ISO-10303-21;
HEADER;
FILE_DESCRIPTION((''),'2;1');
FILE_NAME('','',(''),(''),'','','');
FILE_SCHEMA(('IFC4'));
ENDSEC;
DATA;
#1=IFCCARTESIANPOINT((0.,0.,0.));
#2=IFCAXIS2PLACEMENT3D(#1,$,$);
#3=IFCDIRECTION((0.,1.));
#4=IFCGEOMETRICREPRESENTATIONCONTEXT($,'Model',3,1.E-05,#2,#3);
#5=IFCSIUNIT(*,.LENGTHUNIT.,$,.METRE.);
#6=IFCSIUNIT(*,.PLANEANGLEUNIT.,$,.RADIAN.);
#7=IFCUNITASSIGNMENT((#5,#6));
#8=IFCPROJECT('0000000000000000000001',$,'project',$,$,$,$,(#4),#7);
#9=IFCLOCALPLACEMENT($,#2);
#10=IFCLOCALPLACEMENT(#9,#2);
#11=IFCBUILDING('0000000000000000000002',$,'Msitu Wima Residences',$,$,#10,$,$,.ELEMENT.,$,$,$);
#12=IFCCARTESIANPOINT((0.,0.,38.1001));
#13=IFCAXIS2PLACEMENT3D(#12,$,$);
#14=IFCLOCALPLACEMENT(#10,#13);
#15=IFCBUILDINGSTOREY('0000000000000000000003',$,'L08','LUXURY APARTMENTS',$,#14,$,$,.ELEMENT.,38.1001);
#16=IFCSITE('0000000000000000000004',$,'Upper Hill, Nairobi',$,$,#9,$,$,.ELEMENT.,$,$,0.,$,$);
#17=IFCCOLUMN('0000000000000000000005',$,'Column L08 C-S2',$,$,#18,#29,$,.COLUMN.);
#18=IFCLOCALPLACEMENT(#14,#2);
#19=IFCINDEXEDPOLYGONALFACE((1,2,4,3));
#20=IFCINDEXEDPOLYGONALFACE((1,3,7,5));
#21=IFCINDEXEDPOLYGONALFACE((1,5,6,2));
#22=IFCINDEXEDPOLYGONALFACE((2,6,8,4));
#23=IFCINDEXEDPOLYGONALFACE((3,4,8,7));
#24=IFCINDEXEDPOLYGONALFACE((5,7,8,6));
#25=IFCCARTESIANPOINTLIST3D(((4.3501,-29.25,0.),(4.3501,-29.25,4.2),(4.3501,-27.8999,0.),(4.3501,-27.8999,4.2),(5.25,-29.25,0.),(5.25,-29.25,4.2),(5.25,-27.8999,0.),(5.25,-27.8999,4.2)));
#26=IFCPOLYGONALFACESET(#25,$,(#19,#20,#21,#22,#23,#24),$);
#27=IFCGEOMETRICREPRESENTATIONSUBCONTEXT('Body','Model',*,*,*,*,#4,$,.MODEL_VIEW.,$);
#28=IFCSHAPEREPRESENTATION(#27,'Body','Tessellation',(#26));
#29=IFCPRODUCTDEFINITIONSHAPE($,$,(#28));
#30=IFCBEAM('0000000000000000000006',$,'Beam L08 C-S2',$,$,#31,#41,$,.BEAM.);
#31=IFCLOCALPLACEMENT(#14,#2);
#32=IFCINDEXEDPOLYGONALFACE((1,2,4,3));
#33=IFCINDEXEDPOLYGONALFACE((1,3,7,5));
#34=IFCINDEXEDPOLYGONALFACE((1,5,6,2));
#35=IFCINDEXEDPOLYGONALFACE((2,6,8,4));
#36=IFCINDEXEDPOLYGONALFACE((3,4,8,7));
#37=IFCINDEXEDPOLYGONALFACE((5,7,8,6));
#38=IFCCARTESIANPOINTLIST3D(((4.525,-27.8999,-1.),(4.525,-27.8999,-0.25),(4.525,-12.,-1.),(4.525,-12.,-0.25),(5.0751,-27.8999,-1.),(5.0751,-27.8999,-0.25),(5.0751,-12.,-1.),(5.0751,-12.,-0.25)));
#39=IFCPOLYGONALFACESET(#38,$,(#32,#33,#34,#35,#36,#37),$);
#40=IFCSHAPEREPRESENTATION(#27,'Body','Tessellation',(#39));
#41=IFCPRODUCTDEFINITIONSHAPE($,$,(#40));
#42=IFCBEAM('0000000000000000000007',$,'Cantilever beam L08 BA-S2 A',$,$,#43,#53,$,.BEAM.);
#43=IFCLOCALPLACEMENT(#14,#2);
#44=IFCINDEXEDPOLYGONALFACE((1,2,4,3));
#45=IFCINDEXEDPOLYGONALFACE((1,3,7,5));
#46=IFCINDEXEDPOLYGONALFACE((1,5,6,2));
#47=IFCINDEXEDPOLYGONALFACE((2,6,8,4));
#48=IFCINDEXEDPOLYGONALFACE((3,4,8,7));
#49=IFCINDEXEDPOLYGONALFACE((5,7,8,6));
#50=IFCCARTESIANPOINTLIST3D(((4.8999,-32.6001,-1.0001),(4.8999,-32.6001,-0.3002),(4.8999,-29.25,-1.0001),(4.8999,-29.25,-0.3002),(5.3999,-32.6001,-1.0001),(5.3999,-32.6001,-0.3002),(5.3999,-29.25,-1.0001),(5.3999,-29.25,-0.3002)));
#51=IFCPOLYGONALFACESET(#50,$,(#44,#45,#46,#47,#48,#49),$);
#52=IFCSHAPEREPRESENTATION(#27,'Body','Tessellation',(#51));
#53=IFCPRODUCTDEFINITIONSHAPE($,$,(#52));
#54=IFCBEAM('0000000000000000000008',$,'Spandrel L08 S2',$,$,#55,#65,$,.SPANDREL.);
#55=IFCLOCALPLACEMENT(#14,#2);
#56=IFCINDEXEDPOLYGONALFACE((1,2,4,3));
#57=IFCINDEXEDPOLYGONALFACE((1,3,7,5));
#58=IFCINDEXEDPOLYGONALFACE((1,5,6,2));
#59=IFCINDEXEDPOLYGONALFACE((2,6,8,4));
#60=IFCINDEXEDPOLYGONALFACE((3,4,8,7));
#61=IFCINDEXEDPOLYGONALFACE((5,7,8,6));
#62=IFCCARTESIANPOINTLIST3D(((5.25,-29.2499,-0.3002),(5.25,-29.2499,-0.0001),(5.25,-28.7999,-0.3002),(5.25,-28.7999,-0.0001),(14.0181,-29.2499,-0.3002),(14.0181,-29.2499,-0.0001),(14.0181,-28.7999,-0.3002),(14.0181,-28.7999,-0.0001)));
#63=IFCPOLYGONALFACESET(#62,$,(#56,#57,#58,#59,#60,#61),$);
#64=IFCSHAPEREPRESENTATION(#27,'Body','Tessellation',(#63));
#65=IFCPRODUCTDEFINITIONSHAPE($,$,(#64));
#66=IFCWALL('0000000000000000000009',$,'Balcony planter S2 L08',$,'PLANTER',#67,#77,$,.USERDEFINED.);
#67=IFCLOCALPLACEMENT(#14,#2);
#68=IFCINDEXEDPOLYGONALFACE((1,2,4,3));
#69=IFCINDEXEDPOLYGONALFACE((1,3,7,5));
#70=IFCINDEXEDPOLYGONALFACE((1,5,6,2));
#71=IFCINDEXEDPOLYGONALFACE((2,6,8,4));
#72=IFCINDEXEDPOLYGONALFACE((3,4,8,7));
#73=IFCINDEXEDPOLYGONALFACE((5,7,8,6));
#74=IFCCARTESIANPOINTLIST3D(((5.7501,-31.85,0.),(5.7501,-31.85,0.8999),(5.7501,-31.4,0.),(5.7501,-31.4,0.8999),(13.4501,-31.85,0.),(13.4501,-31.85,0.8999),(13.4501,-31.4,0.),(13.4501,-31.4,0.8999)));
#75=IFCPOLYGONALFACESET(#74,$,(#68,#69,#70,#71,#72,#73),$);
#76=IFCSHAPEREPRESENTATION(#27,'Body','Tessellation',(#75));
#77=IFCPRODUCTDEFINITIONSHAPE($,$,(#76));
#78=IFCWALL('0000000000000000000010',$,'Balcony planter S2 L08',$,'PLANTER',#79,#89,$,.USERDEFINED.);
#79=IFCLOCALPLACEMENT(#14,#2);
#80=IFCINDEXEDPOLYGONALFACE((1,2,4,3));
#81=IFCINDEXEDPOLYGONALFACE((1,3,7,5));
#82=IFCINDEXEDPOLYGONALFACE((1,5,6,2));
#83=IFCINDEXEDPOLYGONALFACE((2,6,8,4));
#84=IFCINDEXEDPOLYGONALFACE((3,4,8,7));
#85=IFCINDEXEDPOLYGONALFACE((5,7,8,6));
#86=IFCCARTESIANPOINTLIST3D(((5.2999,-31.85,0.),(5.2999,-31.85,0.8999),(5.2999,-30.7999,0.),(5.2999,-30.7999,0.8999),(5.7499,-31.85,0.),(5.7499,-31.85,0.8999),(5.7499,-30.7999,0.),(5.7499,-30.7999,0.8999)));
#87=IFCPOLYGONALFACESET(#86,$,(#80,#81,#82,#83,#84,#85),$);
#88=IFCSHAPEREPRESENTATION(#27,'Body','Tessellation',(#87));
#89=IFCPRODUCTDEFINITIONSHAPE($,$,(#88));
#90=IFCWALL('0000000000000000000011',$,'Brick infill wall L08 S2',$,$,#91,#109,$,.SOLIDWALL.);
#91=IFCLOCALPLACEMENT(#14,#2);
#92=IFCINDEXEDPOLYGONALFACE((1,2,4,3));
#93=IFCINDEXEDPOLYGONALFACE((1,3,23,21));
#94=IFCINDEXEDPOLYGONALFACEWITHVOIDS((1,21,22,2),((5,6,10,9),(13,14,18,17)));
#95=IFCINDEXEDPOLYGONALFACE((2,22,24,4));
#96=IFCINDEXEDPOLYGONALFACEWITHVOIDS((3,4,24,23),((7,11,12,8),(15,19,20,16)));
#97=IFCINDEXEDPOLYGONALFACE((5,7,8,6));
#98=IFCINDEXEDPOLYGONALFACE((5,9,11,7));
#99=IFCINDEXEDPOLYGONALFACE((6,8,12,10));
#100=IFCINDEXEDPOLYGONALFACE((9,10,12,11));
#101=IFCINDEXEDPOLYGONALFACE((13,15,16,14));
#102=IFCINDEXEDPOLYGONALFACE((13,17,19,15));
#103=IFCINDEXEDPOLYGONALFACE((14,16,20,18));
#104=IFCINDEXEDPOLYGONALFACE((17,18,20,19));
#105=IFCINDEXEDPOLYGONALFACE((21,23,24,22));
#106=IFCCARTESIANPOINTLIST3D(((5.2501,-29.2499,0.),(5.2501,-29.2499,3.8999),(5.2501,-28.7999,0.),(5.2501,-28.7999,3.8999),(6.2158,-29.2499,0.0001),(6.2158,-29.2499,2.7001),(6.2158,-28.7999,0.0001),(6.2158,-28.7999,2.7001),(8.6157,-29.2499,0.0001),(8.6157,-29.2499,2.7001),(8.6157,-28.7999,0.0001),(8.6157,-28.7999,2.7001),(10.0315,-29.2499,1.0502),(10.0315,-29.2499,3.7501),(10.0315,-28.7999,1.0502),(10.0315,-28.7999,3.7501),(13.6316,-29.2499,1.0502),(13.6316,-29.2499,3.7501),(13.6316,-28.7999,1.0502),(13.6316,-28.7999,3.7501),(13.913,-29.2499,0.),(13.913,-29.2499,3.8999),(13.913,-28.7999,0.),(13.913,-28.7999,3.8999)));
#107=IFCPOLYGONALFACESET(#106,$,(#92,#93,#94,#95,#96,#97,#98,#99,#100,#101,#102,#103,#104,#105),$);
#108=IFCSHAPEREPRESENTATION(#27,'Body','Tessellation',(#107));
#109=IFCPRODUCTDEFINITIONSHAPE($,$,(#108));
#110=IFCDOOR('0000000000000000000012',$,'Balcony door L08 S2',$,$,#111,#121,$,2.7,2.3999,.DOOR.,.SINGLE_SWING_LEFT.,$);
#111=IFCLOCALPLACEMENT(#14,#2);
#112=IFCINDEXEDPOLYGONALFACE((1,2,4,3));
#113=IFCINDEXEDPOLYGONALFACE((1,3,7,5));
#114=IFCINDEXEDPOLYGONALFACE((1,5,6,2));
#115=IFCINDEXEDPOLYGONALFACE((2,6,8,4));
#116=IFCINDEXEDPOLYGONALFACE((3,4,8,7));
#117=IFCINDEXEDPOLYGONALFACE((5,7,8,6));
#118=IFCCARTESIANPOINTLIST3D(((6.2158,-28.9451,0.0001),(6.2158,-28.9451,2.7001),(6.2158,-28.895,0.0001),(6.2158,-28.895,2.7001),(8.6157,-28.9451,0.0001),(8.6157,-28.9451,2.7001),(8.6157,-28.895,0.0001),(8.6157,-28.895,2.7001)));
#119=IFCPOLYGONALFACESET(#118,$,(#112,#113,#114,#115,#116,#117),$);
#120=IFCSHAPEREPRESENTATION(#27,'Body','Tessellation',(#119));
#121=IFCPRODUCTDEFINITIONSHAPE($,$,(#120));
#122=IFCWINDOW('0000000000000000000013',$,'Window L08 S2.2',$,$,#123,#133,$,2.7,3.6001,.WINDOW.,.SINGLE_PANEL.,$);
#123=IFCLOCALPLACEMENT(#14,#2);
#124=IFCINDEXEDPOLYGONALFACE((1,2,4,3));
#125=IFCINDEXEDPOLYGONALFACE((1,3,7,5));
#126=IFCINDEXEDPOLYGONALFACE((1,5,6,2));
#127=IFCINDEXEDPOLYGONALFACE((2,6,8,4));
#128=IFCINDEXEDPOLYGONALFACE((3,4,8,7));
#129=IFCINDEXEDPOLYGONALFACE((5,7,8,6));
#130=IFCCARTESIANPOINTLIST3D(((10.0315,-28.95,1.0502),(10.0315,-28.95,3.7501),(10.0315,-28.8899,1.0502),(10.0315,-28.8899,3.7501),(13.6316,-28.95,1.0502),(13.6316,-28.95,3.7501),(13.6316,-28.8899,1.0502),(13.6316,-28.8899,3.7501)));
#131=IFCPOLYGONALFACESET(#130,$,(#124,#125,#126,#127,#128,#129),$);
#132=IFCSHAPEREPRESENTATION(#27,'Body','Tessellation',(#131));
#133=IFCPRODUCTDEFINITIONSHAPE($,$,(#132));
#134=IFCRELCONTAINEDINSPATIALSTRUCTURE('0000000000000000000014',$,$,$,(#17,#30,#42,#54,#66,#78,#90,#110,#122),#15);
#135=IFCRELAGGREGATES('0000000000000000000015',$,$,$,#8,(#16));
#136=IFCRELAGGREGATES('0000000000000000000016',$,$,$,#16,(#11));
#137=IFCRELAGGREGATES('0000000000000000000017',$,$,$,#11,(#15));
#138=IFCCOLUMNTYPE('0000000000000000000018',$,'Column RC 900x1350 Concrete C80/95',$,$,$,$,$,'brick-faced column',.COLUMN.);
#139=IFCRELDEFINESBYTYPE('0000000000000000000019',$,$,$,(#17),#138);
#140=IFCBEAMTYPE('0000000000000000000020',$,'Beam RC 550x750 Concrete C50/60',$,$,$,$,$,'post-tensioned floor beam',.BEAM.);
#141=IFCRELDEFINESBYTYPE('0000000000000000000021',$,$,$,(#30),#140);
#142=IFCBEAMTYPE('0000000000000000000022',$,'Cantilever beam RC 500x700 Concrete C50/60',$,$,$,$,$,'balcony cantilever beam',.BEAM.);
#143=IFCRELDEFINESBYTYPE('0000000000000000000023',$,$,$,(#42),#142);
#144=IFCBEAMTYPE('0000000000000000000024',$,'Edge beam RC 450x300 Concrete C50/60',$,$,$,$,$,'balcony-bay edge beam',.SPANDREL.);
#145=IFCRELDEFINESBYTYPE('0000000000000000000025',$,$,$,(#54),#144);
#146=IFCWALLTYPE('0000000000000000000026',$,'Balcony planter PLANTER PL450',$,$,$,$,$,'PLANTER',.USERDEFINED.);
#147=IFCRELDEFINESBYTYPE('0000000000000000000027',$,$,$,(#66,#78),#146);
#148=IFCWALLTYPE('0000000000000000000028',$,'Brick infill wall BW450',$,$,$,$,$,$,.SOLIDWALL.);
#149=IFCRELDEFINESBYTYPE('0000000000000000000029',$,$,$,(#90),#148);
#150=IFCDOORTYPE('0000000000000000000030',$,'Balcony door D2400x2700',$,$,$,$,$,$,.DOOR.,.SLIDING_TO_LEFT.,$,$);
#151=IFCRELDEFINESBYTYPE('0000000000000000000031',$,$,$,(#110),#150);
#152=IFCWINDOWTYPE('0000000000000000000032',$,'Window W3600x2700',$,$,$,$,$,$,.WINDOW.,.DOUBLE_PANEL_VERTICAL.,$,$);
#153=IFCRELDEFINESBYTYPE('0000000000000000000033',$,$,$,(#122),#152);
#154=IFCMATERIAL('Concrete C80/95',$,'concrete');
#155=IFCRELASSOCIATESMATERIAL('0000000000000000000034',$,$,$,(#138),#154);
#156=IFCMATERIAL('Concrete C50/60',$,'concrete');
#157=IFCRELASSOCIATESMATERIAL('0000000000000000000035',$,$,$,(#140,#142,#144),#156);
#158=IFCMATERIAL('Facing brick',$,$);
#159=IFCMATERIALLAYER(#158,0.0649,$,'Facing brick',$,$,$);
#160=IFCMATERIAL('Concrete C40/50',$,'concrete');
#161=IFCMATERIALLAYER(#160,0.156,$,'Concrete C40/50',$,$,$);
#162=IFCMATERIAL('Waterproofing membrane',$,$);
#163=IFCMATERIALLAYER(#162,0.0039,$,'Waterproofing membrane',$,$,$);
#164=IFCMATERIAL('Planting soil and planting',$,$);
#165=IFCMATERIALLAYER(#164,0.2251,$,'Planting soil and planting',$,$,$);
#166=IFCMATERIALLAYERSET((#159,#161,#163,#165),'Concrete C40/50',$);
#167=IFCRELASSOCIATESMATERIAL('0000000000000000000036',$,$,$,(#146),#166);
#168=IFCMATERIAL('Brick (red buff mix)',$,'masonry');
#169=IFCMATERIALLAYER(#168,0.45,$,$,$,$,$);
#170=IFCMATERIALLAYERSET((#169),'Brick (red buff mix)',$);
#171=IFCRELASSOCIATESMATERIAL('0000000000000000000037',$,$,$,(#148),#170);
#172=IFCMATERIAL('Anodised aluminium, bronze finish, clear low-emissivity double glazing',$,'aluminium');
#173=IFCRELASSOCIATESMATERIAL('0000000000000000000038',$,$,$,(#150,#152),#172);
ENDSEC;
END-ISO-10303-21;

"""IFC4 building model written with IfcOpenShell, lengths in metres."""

from ifc_helpers import new_model, si_unit, direction, frame, frame_2d, origin, origin_2d, place, context, subcontext, project, spatial, rectangle, extrude, material, layer, layer_set, material_profile, profile_set, type_object, element, fill, save


model = new_model("IFC4")

# Units and contexts
model_context = context("Model", 3, precision=1e-05, world=origin(), true_north=direction((0.0, 1.0)))
body_context = subcontext(model_context, "Body", "Model", "MODEL_VIEW")
ifc_project = project(units=[si_unit("LENGTHUNIT", "METRE"), si_unit("PLANEANGLEUNIT", "RADIAN")], contexts=[model_context])

# Site, building, storey
site_placement = place(None, origin())
site = spatial("IfcSite", under=ifc_project, at=site_placement, Name="Upper Hill, Nairobi", CompositionType="ELEMENT", RefElevation=0.0)
building_placement = place(site_placement, origin())
building = spatial("IfcBuilding", under=site, at=building_placement, Name="Msitu Wima Residences", CompositionType="ELEMENT")
storey_placement = place(building_placement, frame((0.0, 0.0, 38.1001)))
storey = spatial("IfcBuildingStorey", under=building, at=storey_placement, Name="L08", Description="LUXURY APARTMENTS", CompositionType="ELEMENT", Elevation=38.1001)

# Column
ifc_material_1 = material(Name="Concrete C80/95", Category="concrete")
ifc_material_profile_1 = material_profile(ifc_material_1, rectangle(XDim=0.8999, YDim=1.3501, at=origin_2d()), Name="RC 900x1350")
ifc_profile_set_1 = profile_set([ifc_material_profile_1], Name="Concrete C80/95")
column_type = type_object("IfcColumnType", Name="Column RC 900x1350 Concrete C80/95", ElementType="brick-faced column", PredefinedType="COLUMN", material=ifc_profile_set_1)
column_placement = place(storey_placement, frame((4.8, -28.575, 0.0), z_axis=(0.0, 0.0, 1.0), x_axis=(1.0, 0.0, 0.0)))
element("IfcColumn", 1, at=column_placement, inside=storey, type_object=column_type, Name="Column L08 C-S2", PredefinedType="COLUMN", context=body_context, shape_type="SweptSolid", body=[
    extrude(rectangle(XDim=0.8999, YDim=1.3501, at=origin_2d()), origin(), (0.0, 0.0, 1.0), 4.2),
])

# Beams
ifc_material_2 = material(Name="Concrete C50/60", Category="concrete")
ifc_material_profile_2 = material_profile(ifc_material_2, rectangle(XDim=0.55, YDim=0.75, at=origin_2d()), Name="RC 550x750")
ifc_profile_set_2 = profile_set([ifc_material_profile_2], Name="Concrete C50/60")
beam_type_1 = type_object("IfcBeamType", Name="Beam RC 550x750 Concrete C50/60", ElementType="post-tensioned floor beam", PredefinedType="BEAM", material=ifc_profile_set_2)
beam_1_placement = place(storey_placement, frame((4.8, -27.8999, -0.625), z_axis=(0.0, 1.0, 0.0), x_axis=(-1.0, 0.0, 0.0)))
element("IfcBeam", 2, at=beam_1_placement, inside=storey, type_object=beam_type_1, Name="Beam L08 C-S2", PredefinedType="BEAM", context=body_context, shape_type="SweptSolid", body=[
    extrude(rectangle(XDim=0.55, YDim=0.75, at=origin_2d()), origin(), (0.0, 0.0, 1.0), 15.8999),
])
ifc_material_profile_3 = material_profile(ifc_material_2, rectangle(XDim=0.5, YDim=0.7, at=origin_2d()), Name="RC 500x700")
ifc_profile_set_3 = profile_set([ifc_material_profile_3], Name="Concrete C50/60")
beam_type_2 = type_object("IfcBeamType", Name="Cantilever beam RC 500x700 Concrete C50/60", ElementType="balcony cantilever beam", PredefinedType="BEAM", material=ifc_profile_set_3)
beam_2_placement = place(storey_placement, frame((5.1499, -29.25, -0.6501), z_axis=(0.0, -1.0, 0.0), x_axis=(1.0, 0.0, 0.0)))
element("IfcBeam", 3, at=beam_2_placement, inside=storey, type_object=beam_type_2, Name="Cantilever beam L08 BA-S2 A", PredefinedType="BEAM", context=body_context, shape_type="SweptSolid", body=[
    extrude(rectangle(XDim=0.5, YDim=0.7, at=origin_2d()), origin(), (0.0, 0.0, 1.0), 3.3501),
])
ifc_material_profile_4 = material_profile(ifc_material_2, rectangle(XDim=0.45, YDim=0.3, at=origin_2d()), Name="RC 450x300")
ifc_profile_set_4 = profile_set([ifc_material_profile_4], Name="Concrete C50/60")
beam_type_3 = type_object("IfcBeamType", Name="Edge beam RC 450x300 Concrete C50/60", ElementType="balcony-bay edge beam", PredefinedType="SPANDREL", material=ifc_profile_set_4)
beam_3_placement = place(storey_placement, frame((5.25, -29.0249, -0.1501), z_axis=(1.0, 0.0, 0.0), x_axis=(0.0, 1.0, 0.0)))
element("IfcBeam", 4, at=beam_3_placement, inside=storey, type_object=beam_type_3, Name="Spandrel L08 S2", PredefinedType="SPANDREL", context=body_context, shape_type="SweptSolid", body=[
    extrude(rectangle(XDim=0.45, YDim=0.3, at=origin_2d()), origin(), (0.0, 0.0, 1.0), 8.7681),
])

# Walls
ifc_material_3 = material(Name="Facing brick")
ifc_layer_1 = layer(ifc_material_3, 0.0649, Name="Facing brick")
ifc_material_4 = material(Name="Concrete C40/50", Category="concrete")
ifc_layer_2 = layer(ifc_material_4, 0.156, Name="Concrete C40/50")
ifc_material_5 = material(Name="Waterproofing membrane")
ifc_layer_3 = layer(ifc_material_5, 0.0039, Name="Waterproofing membrane")
ifc_material_6 = material(Name="Planting soil and planting")
ifc_layer_4 = layer(ifc_material_6, 0.2251, Name="Planting soil and planting")
ifc_layer_set_1 = layer_set([ifc_layer_1, ifc_layer_2, ifc_layer_3, ifc_layer_4], Name="Concrete C40/50")
wall_type_1 = type_object("IfcWallType", Name="Balcony planter PLANTER PL450", ElementType="PLANTER", PredefinedType="USERDEFINED", material=ifc_layer_set_1)
wall_1_placement = place(storey_placement, frame((5.75, -31.625, 0.0), z_axis=(0.0, 0.0, 1.0), x_axis=(1.0, 0.0, 0.0)))
element("IfcWall", 5, at=wall_1_placement, inside=storey, type_object=wall_type_1, Name="Balcony planter S2 L08", ObjectType="PLANTER", PredefinedType="USERDEFINED", context=body_context, shape_type="SweptSolid", body=[
    extrude(rectangle(XDim=7.7, YDim=0.45, at=frame_2d((3.8501, 0.0))), origin(), (0.0, 0.0, 1.0), 0.8999),
])
wall_2_placement = place(storey_placement, frame((5.5249, -30.8, 0.0), z_axis=(0.0, 0.0, 1.0), x_axis=(0.0, -1.0, 0.0)))
element("IfcWall", 6, at=wall_2_placement, inside=storey, type_object=wall_type_1, Name="Balcony planter S2 L08", ObjectType="PLANTER", PredefinedType="USERDEFINED", context=body_context, shape_type="SweptSolid", body=[
    extrude(rectangle(XDim=1.05, YDim=0.45, at=frame_2d((0.5249, 0.0))), origin(), (0.0, 0.0, 1.0), 0.8999),
])

# Wall, openings, door, window
ifc_material_7 = material(Name="Brick (red buff mix)", Category="masonry")
ifc_layer_5 = layer(ifc_material_7, 0.45)
ifc_layer_set_2 = layer_set([ifc_layer_5], Name="Brick (red buff mix)")
wall_type_2 = type_object("IfcWallType", Name="Brick infill wall BW450", PredefinedType="SOLIDWALL", material=ifc_layer_set_2)
wall_3_placement = place(storey_placement, frame((5.25, -29.0249, 0.0), z_axis=(0.0, 0.0, 1.0), x_axis=(1.0, 0.0, 0.0)))
wall_3 = element("IfcWall", 7, at=wall_3_placement, inside=storey, type_object=wall_type_2, Name="Brick infill wall L08 S2", PredefinedType="SOLIDWALL", context=body_context, shape_type="SweptSolid", body=[
    extrude(rectangle(XDim=8.6628, YDim=0.45, at=frame_2d((4.3315, 0.0))), origin(), (0.0, 0.0, 1.0), 3.8999),
])
opening_1_placement = place(wall_3_placement, frame((0.9658, 0.0, 0.0)))
opening_1 = element("IfcOpeningElement", 8, at=opening_1_placement, cuts=wall_3, PredefinedType="OPENING", context=body_context, shape_type="SweptSolid", body=[
    extrude(rectangle(XDim=2.3999, YDim=2.7, at=frame_2d((1.2, 1.3501))), frame((0.0, 0.2349, 0.0), z_axis=(0.0, -1.0, 0.0), x_axis=(1.0, 0.0, 0.0)), (0.0, 0.0, 1.0), 0.47),
])
opening_2_placement = place(wall_3_placement, frame((4.7815, 0.0, 1.05)))
opening_2 = element("IfcOpeningElement", 9, at=opening_2_placement, cuts=wall_3, PredefinedType="OPENING", context=body_context, shape_type="SweptSolid", body=[
    extrude(rectangle(XDim=3.6001, YDim=2.7, at=frame_2d((1.8, 1.3501))), frame((0.0, 0.2349, 0.0), z_axis=(0.0, -1.0, 0.0), x_axis=(1.0, 0.0, 0.0)), (0.0, 0.0, 1.0), 0.47),
])
ifc_material_8 = material(Name="Anodised aluminium, bronze finish, clear low-emissivity double glazing", Category="aluminium")
door_type_1 = type_object("IfcDoorType", Name="Balcony door D2400x2700", OperationType="SLIDING_TO_LEFT", PredefinedType="DOOR", material=ifc_material_8)
door_1_placement = place(opening_1_placement, origin())
door_1 = element("IfcDoor", 10, at=door_1_placement, inside=storey, type_object=door_type_1, Name="Balcony door L08 S2", OperationType="SINGLE_SWING_LEFT", OverallHeight=2.7, OverallWidth=2.3999, PredefinedType="DOOR", context=body_context, shape_type="SweptSolid", body=[
    extrude(rectangle(XDim=2.3999, YDim=2.7, at=frame_2d((1.2, 1.3501))), frame((0.0, 0.1299, 0.0), z_axis=(0.0, -1.0, 0.0), x_axis=(1.0, 0.0, 0.0)), (0.0, 0.0, 1.0), 0.05),
])
fill(opening_1, door_1)
window_type = type_object("IfcWindowType", Name="Window W3600x2700", PartitioningType="DOUBLE_PANEL_VERTICAL", PredefinedType="WINDOW", material=ifc_material_8)
window_placement = place(opening_2_placement, origin())
window = element("IfcWindow", 11, at=window_placement, inside=storey, type_object=window_type, Name="Window L08 S2.2", OverallHeight=2.7, OverallWidth=3.6001, PartitioningType="SINGLE_PANEL", PredefinedType="WINDOW", context=body_context, shape_type="SweptSolid", body=[
    extrude(rectangle(XDim=3.6001, YDim=2.7, at=frame_2d((1.8, 1.3501))), frame((0.0, 0.135, 0.0), z_axis=(0.0, -1.0, 0.0), x_axis=(1.0, 0.0, 0.0)), (0.0, 0.0, 1.0), 0.0601),
])
fill(opening_2, window)

save(model, "model.ifc")
